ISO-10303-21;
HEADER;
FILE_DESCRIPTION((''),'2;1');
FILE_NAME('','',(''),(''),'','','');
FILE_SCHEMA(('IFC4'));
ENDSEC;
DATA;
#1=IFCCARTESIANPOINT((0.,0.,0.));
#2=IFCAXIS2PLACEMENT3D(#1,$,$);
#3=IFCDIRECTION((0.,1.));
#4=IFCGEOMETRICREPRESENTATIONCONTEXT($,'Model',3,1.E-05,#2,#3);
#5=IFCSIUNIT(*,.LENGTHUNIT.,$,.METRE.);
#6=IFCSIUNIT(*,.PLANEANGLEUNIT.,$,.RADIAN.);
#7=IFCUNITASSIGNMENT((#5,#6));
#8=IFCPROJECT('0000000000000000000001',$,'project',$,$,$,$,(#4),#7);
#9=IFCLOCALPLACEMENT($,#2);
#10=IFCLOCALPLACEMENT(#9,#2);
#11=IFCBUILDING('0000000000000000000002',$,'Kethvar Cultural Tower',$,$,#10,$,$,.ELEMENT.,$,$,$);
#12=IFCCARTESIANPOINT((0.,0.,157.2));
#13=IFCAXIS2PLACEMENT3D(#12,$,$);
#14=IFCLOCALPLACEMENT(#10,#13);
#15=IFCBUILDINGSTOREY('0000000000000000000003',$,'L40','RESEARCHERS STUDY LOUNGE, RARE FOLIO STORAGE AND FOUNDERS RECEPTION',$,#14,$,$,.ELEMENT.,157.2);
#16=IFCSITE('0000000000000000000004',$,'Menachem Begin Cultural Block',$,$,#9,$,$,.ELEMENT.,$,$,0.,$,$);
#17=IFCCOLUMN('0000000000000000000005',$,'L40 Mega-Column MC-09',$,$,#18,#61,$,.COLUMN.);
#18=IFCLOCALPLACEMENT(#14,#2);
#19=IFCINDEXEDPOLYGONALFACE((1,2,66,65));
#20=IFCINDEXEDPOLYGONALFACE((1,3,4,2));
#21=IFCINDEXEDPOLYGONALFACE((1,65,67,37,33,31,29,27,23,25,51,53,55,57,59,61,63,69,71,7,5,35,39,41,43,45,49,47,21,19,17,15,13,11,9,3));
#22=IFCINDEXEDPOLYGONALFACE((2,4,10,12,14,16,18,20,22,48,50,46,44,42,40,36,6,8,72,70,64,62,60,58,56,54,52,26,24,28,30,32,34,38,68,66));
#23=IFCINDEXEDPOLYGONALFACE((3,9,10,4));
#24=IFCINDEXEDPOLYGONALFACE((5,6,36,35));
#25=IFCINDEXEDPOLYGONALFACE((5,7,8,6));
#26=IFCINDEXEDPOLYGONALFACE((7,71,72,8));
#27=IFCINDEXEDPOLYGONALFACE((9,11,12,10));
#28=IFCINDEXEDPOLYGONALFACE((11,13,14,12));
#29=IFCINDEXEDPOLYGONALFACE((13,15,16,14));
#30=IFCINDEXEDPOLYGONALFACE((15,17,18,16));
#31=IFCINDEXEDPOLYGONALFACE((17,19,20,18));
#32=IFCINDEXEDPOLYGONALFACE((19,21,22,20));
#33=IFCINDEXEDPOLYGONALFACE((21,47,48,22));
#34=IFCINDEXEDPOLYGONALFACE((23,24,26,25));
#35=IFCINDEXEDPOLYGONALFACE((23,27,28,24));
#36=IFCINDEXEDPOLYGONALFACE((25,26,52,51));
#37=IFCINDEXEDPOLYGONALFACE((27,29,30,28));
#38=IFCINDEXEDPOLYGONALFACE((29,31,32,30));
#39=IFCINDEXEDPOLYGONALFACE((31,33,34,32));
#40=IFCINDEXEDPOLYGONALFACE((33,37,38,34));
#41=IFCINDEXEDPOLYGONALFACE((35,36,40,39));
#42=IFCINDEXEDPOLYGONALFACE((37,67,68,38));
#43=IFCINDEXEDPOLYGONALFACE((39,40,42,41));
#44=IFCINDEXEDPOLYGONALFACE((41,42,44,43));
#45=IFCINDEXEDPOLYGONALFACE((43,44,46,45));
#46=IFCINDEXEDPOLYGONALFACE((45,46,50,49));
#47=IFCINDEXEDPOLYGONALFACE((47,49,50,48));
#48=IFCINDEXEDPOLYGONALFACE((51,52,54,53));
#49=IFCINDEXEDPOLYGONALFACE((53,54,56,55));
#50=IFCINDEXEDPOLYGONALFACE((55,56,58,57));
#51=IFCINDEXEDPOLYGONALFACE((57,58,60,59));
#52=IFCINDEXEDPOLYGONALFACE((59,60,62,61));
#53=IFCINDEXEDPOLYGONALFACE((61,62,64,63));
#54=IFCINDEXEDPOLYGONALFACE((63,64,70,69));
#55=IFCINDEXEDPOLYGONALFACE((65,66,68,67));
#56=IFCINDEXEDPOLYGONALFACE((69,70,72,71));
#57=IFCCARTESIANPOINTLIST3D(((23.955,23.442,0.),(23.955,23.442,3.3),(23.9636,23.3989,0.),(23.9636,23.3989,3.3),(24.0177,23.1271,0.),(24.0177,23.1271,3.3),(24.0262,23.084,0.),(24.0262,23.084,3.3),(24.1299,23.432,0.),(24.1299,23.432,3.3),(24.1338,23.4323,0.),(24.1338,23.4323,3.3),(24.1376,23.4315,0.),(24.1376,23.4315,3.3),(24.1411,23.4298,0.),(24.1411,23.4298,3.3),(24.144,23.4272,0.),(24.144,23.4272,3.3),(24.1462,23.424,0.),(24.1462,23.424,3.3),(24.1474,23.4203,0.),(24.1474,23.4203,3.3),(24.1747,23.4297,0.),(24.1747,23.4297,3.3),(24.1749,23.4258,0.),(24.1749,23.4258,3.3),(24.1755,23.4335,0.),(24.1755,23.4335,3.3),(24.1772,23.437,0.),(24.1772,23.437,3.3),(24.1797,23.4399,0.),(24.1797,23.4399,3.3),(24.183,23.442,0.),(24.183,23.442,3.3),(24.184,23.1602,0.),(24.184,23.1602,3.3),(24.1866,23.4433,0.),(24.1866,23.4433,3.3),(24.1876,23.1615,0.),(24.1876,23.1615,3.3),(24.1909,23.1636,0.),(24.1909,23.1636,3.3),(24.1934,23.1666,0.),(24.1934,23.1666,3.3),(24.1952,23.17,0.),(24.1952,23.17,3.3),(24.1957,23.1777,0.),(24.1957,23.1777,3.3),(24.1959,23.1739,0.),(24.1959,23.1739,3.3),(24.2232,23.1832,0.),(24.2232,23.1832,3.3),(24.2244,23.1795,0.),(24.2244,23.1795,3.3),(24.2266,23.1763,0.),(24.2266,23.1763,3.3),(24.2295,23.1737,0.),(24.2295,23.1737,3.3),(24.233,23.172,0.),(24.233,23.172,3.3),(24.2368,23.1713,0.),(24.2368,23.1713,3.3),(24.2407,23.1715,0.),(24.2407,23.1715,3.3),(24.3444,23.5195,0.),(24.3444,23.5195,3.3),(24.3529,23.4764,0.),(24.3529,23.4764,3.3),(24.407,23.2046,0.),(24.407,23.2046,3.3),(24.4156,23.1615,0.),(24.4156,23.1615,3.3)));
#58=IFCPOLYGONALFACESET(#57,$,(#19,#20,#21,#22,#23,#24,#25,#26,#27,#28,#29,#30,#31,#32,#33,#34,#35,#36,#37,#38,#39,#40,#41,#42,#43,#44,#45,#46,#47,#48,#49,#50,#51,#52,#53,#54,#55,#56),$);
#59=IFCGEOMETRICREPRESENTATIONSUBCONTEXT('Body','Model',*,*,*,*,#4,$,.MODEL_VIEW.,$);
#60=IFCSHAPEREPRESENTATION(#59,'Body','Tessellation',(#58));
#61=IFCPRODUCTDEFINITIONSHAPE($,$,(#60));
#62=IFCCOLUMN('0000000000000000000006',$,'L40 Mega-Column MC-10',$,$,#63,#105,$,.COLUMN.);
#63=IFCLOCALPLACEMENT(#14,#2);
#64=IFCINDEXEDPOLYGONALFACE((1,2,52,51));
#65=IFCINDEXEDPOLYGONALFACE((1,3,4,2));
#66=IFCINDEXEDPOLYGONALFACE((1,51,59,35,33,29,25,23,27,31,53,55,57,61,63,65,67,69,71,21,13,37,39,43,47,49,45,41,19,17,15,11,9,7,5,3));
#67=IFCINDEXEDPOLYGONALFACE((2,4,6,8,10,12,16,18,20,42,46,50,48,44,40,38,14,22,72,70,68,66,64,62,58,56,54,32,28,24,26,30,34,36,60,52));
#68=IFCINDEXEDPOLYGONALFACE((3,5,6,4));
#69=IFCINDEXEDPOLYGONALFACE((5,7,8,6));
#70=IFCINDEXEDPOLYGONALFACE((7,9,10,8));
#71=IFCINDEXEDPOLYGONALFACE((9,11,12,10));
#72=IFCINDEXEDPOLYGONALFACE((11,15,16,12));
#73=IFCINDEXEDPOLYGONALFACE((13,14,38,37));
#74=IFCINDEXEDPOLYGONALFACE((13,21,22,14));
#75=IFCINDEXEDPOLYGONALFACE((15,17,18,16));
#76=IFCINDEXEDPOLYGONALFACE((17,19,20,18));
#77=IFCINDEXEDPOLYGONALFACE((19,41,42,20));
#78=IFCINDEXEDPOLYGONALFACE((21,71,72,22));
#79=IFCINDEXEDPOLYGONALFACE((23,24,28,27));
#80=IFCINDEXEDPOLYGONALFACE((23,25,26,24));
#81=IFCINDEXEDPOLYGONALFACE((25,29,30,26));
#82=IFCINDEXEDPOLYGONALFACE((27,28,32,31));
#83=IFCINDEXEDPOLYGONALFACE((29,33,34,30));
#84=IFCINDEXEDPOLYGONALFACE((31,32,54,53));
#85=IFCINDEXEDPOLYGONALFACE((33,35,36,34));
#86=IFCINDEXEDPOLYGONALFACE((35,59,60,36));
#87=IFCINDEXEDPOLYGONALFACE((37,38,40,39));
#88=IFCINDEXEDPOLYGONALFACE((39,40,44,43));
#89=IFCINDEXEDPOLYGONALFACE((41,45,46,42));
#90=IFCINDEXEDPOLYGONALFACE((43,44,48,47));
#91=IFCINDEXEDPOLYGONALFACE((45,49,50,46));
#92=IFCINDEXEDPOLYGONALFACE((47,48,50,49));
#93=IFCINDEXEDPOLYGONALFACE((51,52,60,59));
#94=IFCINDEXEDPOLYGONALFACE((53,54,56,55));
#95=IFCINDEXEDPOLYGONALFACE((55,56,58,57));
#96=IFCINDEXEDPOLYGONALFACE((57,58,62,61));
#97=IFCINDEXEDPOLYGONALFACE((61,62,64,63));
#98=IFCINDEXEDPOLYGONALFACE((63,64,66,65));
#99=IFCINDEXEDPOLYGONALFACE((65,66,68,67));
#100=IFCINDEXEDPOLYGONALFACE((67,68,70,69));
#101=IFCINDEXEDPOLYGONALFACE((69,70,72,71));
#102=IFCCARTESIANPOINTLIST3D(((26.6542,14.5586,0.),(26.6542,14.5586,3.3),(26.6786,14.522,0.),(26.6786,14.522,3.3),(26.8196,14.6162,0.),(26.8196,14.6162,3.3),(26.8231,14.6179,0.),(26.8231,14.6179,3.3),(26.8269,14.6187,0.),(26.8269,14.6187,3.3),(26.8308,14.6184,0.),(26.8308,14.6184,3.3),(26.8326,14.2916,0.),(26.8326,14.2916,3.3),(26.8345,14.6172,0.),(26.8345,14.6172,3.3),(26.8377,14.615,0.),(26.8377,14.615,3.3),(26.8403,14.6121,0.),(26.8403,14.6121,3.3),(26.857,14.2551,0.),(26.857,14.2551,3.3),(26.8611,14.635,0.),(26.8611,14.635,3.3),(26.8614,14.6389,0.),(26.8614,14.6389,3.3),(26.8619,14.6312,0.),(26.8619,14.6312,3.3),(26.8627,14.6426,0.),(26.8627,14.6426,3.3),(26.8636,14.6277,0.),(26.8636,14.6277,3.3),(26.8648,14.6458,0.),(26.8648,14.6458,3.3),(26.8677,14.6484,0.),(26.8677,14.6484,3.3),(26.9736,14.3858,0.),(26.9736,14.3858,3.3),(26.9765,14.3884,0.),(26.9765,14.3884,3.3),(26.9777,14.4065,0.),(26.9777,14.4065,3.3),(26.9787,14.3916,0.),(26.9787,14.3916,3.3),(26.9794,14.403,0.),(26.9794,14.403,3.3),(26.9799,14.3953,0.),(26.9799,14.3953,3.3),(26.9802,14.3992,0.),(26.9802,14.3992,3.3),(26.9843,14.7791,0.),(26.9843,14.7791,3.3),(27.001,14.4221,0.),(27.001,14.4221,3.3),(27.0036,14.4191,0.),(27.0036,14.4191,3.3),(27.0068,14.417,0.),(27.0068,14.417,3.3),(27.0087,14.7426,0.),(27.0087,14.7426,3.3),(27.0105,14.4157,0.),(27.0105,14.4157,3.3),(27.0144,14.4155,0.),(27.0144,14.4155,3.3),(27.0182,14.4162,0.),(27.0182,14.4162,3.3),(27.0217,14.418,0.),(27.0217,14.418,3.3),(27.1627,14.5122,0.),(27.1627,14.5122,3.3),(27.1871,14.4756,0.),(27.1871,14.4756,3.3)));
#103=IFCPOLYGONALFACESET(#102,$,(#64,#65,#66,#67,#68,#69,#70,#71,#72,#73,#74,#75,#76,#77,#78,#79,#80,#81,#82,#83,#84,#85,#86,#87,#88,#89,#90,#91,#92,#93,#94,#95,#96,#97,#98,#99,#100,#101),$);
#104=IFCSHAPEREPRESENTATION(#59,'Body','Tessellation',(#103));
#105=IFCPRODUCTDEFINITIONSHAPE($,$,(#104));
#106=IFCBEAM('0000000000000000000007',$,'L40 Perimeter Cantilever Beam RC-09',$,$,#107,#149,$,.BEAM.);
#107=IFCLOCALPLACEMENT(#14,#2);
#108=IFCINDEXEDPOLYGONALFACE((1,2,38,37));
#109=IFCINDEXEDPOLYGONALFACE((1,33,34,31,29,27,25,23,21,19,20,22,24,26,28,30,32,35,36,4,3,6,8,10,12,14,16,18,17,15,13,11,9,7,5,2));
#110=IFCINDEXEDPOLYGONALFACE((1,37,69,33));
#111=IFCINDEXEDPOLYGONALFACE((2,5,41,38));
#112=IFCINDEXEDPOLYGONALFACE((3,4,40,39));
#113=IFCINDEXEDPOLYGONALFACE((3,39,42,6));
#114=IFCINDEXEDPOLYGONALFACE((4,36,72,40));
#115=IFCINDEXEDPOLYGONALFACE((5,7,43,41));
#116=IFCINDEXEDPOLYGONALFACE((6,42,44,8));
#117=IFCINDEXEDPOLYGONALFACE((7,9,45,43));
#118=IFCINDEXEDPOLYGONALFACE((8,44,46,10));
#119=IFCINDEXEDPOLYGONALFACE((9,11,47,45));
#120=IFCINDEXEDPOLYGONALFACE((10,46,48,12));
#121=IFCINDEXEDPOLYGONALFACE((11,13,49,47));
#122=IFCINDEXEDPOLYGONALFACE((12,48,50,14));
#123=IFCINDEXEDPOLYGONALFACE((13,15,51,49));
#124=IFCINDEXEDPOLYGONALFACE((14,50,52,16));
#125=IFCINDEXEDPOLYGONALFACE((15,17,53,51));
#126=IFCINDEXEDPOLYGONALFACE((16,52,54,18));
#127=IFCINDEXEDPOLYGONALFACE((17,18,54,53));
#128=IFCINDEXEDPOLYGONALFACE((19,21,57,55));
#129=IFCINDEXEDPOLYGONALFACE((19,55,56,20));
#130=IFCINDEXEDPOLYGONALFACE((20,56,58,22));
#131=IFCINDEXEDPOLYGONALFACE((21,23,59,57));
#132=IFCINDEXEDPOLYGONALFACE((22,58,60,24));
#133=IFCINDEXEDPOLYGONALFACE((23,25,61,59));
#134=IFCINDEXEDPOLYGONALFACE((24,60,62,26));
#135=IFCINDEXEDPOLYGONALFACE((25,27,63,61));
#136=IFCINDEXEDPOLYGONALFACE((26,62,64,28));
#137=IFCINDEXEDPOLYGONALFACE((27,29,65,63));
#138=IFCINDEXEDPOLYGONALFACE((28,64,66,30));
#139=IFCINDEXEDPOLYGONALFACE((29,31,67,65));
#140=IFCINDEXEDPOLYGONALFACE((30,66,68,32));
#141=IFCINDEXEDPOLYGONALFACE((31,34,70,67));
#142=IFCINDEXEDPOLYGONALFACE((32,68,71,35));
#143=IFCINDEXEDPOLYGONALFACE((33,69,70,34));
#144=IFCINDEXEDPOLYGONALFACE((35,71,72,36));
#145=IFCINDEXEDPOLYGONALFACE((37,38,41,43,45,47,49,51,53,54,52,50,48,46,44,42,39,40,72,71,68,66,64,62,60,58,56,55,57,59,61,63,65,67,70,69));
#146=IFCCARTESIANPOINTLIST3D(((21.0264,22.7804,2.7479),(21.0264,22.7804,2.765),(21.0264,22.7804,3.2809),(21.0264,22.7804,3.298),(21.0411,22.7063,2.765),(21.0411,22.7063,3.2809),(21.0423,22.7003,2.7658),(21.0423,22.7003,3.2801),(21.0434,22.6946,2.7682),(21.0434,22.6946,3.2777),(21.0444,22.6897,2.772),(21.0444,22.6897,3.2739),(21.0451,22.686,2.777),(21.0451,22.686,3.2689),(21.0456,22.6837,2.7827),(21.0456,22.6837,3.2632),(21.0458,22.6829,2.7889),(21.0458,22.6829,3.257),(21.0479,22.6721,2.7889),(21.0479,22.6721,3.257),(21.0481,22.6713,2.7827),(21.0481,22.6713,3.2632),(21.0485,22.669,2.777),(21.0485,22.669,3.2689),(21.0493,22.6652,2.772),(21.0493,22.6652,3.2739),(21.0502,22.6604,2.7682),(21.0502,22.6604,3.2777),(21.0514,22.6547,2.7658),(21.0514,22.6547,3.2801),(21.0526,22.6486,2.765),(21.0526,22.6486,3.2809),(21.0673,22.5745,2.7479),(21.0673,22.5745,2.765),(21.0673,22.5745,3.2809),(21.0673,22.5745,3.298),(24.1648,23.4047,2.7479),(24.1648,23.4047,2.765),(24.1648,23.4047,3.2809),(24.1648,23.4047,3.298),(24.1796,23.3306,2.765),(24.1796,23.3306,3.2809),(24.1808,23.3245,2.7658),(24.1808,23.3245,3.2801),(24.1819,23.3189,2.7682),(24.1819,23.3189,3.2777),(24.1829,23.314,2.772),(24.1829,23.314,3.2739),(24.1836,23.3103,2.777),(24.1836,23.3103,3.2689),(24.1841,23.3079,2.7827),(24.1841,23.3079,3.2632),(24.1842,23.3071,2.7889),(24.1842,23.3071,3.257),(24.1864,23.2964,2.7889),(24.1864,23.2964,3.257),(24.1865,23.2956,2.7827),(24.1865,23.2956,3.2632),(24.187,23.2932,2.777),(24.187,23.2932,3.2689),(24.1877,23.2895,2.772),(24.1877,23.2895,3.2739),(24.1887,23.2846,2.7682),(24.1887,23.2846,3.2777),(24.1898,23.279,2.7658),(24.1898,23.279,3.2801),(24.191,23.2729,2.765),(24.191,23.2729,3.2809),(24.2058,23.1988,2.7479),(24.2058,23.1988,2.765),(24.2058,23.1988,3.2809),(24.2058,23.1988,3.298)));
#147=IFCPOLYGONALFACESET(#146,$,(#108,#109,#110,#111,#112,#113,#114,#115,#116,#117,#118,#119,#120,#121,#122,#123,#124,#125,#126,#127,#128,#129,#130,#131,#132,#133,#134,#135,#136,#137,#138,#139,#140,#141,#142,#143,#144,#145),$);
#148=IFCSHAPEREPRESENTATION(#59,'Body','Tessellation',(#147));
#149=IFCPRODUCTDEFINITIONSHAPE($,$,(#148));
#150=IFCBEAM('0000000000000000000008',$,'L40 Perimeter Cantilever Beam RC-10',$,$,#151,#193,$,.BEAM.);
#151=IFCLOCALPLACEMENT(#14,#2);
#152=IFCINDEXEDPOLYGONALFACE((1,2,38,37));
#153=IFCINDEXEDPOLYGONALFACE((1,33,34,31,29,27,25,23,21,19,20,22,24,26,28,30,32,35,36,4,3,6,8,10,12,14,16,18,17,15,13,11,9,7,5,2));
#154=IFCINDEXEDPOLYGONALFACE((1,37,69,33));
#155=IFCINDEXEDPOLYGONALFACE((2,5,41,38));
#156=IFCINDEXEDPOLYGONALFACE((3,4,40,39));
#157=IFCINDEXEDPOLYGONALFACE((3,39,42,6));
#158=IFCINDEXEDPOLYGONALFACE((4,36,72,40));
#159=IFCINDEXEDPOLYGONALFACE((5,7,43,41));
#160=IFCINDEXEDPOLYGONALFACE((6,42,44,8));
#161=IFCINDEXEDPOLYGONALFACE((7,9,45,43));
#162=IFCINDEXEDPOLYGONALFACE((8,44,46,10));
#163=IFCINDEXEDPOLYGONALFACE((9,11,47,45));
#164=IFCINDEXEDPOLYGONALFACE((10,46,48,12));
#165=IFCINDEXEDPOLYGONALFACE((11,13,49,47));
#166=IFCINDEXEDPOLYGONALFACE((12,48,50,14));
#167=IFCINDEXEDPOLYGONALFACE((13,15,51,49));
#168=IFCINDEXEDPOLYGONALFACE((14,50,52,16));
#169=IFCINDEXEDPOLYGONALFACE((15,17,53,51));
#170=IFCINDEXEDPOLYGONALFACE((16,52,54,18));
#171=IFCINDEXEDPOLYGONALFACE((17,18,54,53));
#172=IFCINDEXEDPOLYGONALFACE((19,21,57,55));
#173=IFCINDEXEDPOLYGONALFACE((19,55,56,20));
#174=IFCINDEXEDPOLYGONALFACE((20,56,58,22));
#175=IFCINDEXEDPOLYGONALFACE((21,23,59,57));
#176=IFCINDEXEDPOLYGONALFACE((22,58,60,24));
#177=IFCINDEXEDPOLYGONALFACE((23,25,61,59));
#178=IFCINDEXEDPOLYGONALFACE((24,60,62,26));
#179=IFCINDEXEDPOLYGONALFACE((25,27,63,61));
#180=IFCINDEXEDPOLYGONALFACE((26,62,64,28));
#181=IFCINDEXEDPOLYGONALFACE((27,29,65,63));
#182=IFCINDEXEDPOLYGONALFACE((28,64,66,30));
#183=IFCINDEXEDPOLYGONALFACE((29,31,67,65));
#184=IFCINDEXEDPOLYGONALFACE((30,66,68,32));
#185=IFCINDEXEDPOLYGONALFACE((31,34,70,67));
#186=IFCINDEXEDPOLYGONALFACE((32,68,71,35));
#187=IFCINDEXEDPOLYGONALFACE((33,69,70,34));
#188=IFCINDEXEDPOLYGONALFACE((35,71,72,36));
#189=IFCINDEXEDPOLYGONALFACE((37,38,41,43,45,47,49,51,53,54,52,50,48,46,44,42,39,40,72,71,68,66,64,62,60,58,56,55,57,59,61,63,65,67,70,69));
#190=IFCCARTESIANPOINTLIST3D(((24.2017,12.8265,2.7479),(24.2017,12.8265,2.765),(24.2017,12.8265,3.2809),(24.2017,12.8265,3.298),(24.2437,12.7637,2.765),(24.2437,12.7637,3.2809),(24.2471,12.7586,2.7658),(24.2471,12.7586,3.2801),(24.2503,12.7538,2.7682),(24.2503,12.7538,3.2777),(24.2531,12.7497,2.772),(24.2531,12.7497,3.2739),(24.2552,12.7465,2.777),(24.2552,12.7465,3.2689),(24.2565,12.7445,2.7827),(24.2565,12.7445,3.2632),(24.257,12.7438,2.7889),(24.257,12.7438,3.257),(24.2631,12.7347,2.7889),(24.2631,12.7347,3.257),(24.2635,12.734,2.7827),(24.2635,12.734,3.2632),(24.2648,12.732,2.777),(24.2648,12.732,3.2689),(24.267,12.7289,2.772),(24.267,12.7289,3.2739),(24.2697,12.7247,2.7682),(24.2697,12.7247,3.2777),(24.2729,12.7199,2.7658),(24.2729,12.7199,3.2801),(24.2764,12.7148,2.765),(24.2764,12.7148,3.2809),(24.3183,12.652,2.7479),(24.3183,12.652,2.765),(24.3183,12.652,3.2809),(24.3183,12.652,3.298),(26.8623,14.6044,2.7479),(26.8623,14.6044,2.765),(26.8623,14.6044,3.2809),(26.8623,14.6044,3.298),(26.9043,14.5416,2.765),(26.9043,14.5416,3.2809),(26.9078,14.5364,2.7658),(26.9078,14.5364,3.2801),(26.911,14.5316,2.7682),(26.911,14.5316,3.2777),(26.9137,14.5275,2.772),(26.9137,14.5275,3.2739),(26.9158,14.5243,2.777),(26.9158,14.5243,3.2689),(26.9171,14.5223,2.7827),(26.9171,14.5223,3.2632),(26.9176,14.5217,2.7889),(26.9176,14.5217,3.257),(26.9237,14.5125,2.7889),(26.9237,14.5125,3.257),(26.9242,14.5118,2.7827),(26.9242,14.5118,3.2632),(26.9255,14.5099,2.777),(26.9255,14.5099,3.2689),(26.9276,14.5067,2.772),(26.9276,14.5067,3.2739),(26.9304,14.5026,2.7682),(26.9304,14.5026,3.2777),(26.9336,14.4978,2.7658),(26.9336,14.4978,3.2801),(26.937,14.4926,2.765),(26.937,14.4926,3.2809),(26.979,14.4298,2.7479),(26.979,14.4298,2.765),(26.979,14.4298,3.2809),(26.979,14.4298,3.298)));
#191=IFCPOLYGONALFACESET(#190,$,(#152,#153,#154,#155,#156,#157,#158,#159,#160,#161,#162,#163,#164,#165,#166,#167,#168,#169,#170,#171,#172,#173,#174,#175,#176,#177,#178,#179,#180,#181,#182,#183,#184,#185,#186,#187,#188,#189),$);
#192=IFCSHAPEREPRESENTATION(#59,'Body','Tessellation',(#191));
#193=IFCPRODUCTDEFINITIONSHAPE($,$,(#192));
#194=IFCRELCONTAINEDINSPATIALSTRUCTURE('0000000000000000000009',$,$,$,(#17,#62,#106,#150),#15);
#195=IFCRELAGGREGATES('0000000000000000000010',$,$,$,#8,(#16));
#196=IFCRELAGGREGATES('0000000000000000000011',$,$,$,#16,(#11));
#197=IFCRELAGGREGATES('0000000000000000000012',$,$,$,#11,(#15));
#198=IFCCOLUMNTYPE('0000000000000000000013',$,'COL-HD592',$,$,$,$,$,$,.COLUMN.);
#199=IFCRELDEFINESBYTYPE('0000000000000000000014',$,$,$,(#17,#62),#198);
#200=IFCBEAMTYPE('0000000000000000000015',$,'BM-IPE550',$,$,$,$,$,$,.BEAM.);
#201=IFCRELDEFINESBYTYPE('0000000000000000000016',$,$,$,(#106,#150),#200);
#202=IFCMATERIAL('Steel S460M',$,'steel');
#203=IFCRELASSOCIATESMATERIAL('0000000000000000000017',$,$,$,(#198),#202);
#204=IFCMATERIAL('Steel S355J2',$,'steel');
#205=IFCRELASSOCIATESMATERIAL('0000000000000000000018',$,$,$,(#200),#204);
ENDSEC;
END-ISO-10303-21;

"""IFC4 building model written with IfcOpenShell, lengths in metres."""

from ifc_helpers import new_model, si_unit, direction, frame, origin, origin_2d, place, context, subcontext, project, spatial, i_section, extrude, source, transform, mapped, material, material_profile, profile_set, type_object, element, save


model = new_model("IFC4")

# Units and contexts
model_context = context("Model", 3, precision=1e-05, world=origin(), true_north=direction((0.0, 1.0)))
body_context = subcontext(model_context, "Body", "Model", "MODEL_VIEW")
ifc_project = project(units=[si_unit("LENGTHUNIT", "METRE"), si_unit("PLANEANGLEUNIT", "RADIAN")], contexts=[model_context])

# Site, building, storey
site_placement = place(None, origin())
site = spatial("IfcSite", under=ifc_project, at=site_placement, Name="Menachem Begin Cultural Block", CompositionType="ELEMENT", RefElevation=0.0)
building_placement = place(site_placement, origin())
building = spatial("IfcBuilding", under=site, at=building_placement, Name="Kethvar Cultural Tower", CompositionType="ELEMENT")
storey_placement = place(building_placement, frame((0.0, 0.0, 157.2)))
storey = spatial("IfcBuildingStorey", under=building, at=storey_placement, Name="L40", Description="RESEARCHERS STUDY LOUNGE, RARE FOLIO STORAGE AND FOUNDERS RECEPTION", CompositionType="ELEMENT", Elevation=157.2)

# Columns
ifc_material_1 = material(Name="Steel S460M", Category="steel")
ifc_material_profile_1 = material_profile(ifc_material_1, i_section(OverallWidth=0.397, OverallDepth=0.365, WebThickness=0.0281, FlangeThickness=0.0439, FilletRadius=0.0149, at=origin_2d()), Name="Steel S460M — HD400x592")
ifc_profile_set_1 = profile_set([ifc_material_profile_1], Name="Steel S460M — HD400x592")
column_type = type_object("IfcColumnType", Name="COL-HD592", PredefinedType="COLUMN", material=ifc_profile_set_1)
shared_shape_1 = source(origin(), body_context, "Body", "SweptSolid", [
    extrude(i_section(OverallWidth=0.397, OverallDepth=0.365, WebThickness=0.0281, FlangeThickness=0.0439, FilletRadius=0.0149, at=origin_2d()), origin(), (0.0, 0.0, 1.0), 3.3),
])
for number, where, z_axis, x_axis, name in (
    (1, (24.1853, 23.3018, 0.0), (0.0, 0.0, 1.0), (-0.980785, -0.19509, 0.0), "L40 Mega-Column MC-09"),
    (2, (26.9207, 14.5171, 0.0), (0.0, 0.0, 1.0), (-0.83147, -0.55557, 0.0), "L40 Mega-Column MC-10"),
):
    element("IfcColumn", number, at=place(storey_placement, frame(where, z_axis=z_axis, x_axis=x_axis)), inside=storey, type_object=column_type, Name=name, PredefinedType="COLUMN", context=body_context, shape_type="MappedRepresentation", body=[
        mapped(shared_shape_1, transform((0.0, 0.0, 0.0), scale=1.0)),
    ])

# Beams
ifc_material_2 = material(Name="Steel S355J2", Category="steel")
ifc_material_profile_2 = material_profile(ifc_material_2, i_section(OverallWidth=0.21, OverallDepth=0.55, WebThickness=0.011, FlangeThickness=0.0171, FilletRadius=0.0239, at=origin_2d()), Name="Steel S355J2 — IPE550")
ifc_profile_set_2 = profile_set([ifc_material_profile_2], Name="Steel S355J2 — IPE550")
beam_type_1 = type_object("IfcBeamType", Name="BM-IPE550", PredefinedType="BEAM", material=ifc_profile_set_2)
shared_shape_2 = source(origin(), body_context, "Body", "SweptSolid", [
    extrude(i_section(OverallWidth=0.21, OverallDepth=0.55, WebThickness=0.011, FlangeThickness=0.0171, FilletRadius=0.0239, at=origin_2d()), origin(), (0.0, 0.0, 1.0), 3.2),
])
for number, where, z_axis, x_axis, name in (
    (3, (24.1853, 23.3018, 3.0229), (-0.980786, -0.195089, 0.0), (0.195089, -0.980786, 0.0), "L40 Perimeter Cantilever Beam RC-09"),
    (4, (26.9207, 14.5171, 3.0229), (-0.831463, -0.55558, 0.0), (0.55558, -0.831463, 0.0), "L40 Perimeter Cantilever Beam RC-10"),
):
    element("IfcBeam", number, at=place(storey_placement, frame(where, z_axis=z_axis, x_axis=x_axis)), inside=storey, type_object=beam_type_1, Name=name, PredefinedType="BEAM", context=body_context, shape_type="MappedRepresentation", body=[
        mapped(shared_shape_2, transform((0.0, 0.0, 0.0), scale=1.0)),
    ])

save(model, "model.ifc")
